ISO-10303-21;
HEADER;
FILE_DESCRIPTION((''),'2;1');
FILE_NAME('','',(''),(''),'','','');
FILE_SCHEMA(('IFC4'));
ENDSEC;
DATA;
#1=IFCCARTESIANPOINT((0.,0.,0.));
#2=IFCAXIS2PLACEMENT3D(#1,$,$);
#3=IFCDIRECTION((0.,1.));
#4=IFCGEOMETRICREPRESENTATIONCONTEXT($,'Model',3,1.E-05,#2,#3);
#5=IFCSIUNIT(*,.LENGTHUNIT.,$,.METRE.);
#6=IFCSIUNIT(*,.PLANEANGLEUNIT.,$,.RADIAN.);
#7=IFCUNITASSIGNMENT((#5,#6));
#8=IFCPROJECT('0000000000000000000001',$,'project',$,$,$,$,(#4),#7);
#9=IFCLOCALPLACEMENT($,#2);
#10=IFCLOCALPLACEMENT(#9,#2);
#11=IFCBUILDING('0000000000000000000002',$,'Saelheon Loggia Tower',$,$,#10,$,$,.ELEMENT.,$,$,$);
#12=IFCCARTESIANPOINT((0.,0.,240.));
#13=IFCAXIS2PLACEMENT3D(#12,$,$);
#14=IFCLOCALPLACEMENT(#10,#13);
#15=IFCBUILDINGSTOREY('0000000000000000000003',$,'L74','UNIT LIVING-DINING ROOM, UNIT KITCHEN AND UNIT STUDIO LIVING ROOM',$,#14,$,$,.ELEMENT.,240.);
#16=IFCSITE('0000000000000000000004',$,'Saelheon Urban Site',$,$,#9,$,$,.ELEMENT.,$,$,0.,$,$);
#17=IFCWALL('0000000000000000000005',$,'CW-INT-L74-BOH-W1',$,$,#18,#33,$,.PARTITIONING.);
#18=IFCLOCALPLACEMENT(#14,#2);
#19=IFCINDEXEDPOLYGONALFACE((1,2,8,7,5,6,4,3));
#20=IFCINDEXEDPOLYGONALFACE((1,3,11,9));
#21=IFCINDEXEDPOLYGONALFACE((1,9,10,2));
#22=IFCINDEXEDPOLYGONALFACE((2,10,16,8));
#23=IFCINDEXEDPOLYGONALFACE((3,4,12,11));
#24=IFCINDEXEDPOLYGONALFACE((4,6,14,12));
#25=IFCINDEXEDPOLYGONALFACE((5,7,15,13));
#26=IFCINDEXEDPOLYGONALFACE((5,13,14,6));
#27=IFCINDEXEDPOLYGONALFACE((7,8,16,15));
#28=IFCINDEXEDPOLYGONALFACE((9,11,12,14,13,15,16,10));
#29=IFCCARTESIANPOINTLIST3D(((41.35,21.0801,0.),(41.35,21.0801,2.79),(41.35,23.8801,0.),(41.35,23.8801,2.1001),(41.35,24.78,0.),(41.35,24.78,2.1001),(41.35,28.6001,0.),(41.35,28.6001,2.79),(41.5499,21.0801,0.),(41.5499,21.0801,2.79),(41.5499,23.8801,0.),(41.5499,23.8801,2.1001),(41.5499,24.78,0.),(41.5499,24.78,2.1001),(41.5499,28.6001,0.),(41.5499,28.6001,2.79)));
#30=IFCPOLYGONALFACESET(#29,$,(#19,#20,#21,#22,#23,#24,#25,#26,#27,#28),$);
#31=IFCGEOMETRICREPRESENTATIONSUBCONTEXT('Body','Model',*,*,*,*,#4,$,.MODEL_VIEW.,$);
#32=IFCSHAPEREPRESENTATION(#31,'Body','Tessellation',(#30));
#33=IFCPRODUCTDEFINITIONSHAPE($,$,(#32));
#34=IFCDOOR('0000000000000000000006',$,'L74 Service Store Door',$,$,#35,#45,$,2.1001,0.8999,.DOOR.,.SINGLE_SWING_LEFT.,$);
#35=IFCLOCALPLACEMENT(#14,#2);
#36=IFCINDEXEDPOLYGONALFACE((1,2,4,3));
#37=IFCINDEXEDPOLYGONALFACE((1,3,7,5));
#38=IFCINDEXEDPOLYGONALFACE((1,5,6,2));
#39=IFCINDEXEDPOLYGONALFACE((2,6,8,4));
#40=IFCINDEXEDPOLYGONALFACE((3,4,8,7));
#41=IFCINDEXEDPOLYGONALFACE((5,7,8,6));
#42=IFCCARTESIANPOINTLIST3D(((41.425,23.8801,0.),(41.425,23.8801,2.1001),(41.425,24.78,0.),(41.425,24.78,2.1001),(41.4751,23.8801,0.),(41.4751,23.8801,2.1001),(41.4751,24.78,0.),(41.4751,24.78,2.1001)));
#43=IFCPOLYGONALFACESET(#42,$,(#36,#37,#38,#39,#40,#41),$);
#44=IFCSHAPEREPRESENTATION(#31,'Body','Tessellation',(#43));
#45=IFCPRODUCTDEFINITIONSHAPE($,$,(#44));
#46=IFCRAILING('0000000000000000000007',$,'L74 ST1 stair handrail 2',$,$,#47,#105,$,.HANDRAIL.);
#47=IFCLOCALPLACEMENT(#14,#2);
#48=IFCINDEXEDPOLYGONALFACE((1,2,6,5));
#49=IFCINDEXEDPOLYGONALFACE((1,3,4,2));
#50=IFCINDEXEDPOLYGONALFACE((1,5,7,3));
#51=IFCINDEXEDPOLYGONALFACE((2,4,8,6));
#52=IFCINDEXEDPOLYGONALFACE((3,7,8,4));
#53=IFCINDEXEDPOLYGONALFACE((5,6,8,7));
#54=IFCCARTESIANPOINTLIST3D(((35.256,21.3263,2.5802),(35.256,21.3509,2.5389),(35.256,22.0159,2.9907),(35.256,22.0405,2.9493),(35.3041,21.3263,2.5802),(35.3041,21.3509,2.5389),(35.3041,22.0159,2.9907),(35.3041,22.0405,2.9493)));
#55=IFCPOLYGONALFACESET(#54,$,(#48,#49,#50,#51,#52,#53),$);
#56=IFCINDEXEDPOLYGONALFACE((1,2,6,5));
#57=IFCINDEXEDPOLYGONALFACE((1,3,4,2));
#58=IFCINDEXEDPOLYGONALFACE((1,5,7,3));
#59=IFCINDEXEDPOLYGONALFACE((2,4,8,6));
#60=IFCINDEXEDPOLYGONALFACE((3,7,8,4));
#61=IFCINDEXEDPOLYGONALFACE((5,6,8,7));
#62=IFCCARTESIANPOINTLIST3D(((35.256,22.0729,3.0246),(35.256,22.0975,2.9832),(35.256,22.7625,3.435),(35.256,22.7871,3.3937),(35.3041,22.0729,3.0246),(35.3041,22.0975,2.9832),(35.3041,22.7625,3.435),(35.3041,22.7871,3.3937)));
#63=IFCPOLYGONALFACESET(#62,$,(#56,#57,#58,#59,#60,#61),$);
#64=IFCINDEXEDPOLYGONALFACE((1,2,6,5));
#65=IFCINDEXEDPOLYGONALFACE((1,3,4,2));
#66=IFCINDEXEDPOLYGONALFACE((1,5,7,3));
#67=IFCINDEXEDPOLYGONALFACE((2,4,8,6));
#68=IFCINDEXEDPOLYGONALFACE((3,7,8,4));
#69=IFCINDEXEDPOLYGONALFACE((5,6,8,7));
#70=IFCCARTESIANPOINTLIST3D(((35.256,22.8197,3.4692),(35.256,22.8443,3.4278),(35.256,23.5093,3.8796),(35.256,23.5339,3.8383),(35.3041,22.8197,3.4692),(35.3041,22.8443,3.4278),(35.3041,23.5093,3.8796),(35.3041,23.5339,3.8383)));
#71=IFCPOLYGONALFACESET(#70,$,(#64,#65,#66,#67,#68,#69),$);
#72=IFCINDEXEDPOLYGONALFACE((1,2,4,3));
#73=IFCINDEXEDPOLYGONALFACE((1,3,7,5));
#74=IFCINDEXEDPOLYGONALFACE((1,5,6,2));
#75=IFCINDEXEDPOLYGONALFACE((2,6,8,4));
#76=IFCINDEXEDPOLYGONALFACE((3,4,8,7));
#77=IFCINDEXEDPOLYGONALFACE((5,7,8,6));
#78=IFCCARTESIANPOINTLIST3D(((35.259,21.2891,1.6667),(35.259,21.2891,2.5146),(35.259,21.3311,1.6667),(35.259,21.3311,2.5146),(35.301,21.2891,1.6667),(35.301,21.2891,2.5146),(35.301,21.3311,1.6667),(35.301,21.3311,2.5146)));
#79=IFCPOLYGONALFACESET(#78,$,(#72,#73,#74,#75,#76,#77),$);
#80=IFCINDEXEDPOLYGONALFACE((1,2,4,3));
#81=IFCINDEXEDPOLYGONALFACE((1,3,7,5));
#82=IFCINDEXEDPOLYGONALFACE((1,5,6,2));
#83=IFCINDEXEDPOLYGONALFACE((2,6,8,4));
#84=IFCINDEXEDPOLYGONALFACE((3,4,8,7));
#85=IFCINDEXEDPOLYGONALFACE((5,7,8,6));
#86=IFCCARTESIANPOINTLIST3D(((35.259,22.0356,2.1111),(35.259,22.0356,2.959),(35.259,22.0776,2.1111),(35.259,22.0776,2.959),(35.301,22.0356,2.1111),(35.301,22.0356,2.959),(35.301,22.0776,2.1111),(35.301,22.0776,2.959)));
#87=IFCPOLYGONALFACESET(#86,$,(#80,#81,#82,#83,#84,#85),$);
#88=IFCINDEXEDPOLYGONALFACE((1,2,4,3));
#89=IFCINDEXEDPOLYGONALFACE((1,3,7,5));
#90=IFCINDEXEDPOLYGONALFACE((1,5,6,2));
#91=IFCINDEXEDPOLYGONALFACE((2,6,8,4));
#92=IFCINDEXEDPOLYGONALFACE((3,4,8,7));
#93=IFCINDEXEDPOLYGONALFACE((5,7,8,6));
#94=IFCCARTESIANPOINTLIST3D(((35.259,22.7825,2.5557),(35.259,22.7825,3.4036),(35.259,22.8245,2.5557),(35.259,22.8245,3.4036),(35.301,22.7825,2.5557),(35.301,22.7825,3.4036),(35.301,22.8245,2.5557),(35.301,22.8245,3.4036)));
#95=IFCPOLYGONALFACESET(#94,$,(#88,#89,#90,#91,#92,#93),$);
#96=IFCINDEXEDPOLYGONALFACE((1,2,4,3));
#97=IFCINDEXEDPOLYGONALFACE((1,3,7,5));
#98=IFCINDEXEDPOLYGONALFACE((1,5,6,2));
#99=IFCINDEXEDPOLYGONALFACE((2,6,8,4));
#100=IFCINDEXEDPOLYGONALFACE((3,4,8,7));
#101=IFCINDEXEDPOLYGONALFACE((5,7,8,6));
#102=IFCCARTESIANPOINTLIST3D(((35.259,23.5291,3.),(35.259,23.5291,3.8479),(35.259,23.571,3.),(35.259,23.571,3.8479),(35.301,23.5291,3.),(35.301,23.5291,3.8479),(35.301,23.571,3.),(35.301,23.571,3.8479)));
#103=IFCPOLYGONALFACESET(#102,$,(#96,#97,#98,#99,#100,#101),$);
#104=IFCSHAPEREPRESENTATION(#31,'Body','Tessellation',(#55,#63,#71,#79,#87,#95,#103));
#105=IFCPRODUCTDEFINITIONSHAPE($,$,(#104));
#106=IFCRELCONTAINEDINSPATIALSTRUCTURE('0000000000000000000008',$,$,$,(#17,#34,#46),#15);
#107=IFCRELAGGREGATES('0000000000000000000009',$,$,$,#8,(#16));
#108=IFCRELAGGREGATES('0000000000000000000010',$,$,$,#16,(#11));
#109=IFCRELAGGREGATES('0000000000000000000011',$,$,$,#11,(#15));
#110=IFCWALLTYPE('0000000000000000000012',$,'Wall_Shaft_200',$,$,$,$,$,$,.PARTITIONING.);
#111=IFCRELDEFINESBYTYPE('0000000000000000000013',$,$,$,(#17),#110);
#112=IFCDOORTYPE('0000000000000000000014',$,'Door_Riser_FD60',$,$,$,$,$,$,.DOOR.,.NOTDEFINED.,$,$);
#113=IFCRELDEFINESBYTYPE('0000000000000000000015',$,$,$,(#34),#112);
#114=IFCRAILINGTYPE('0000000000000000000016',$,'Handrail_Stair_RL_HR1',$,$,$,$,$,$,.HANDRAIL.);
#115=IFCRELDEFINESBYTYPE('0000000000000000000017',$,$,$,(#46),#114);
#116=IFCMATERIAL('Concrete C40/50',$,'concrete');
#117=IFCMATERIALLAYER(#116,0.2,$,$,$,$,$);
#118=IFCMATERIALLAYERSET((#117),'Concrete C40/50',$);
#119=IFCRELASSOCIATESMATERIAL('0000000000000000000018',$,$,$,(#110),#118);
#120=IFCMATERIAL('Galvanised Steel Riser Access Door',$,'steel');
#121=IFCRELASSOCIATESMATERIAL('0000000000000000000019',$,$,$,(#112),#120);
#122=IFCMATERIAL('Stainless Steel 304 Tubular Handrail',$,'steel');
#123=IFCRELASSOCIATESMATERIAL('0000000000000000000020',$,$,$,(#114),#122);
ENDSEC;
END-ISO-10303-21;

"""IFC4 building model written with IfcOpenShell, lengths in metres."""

from ifc_helpers import new_model, si_unit, direction, frame, frame_2d, origin, origin_2d, place, context, subcontext, project, spatial, rectangle, extrude, source, transform, mapped, material, layer, layer_set, type_object, element, fill, save


model = new_model("IFC4")

# Units and contexts
model_context = context("Model", 3, precision=1e-05, world=origin(), true_north=direction((0.0, 1.0)))
body_context = subcontext(model_context, "Body", "Model", "MODEL_VIEW")
ifc_project = project(units=[si_unit("LENGTHUNIT", "METRE"), si_unit("PLANEANGLEUNIT", "RADIAN")], contexts=[model_context])

# Site, building, storey
site_placement = place(None, origin())
site = spatial("IfcSite", under=ifc_project, at=site_placement, Name="Saelheon Urban Site", CompositionType="ELEMENT", RefElevation=0.0)
building_placement = place(site_placement, origin())
building = spatial("IfcBuilding", under=site, at=building_placement, Name="Saelheon Loggia Tower", CompositionType="ELEMENT")
storey_placement = place(building_placement, frame((0.0, 0.0, 240.0)))
storey = spatial("IfcBuildingStorey", under=building, at=storey_placement, Name="L74", Description="UNIT LIVING-DINING ROOM, UNIT KITCHEN AND UNIT STUDIO LIVING ROOM", CompositionType="ELEMENT", Elevation=240.0)

# Shared definitions
ifc_material_1 = material(Name="Concrete C40/50", Category="concrete")
ifc_layer_1 = layer(ifc_material_1, 0.2)
ifc_layer_set_1 = layer_set([ifc_layer_1], Name="Concrete C40/50")
wall_type_1 = type_object("IfcWallType", Name="Wall_Shaft_200", PredefinedType="PARTITIONING", material=ifc_layer_set_1)

# Shared definitions
ifc_material_2 = material(Name="Galvanised Steel Riser Access Door", Category="steel")
door_type_1 = type_object("IfcDoorType", Name="Door_Riser_FD60", OperationType="NOTDEFINED", PredefinedType="DOOR", material=ifc_material_2)
shared_shape_1 = source(origin(), body_context, "Body", "SweptSolid", [
    extrude(rectangle(XDim=0.8999, YDim=2.1001, at=frame_2d((0.45, 1.05))), frame((0.0, 0.0249, 0.0), z_axis=(0.0, -1.0, 0.0), x_axis=(1.0, 0.0, 0.0)), (0.0, 0.0, 1.0), 0.05),
])

# Wall, opening, door
wall_1_placement = place(storey_placement, frame((41.45, 21.0801, 0.0), z_axis=(0.0, 0.0, 1.0), x_axis=(0.0, 1.0, 0.0)))
wall_1 = element("IfcWall", 1, at=wall_1_placement, inside=storey, type_object=wall_type_1, Name="CW-INT-L74-BOH-W1", PredefinedType="PARTITIONING", context=body_context, shape_type="SweptSolid", body=[
    extrude(rectangle(XDim=7.52, YDim=0.2, at=frame_2d((3.76, 0.0))), origin(), (0.0, 0.0, 1.0), 2.79),
])
opening_1_placement = place(wall_1_placement, frame((2.8, 0.0, 0.0)))
opening_1 = element("IfcOpeningElement", 2, at=opening_1_placement, cuts=wall_1, PredefinedType="OPENING", context=body_context, shape_type="SweptSolid", body=[
    extrude(rectangle(XDim=0.8999, YDim=2.1001, at=frame_2d((0.45, 1.05))), frame((0.0, 0.1121, 0.0), z_axis=(0.0, -1.0, 0.0), x_axis=(1.0, 0.0, 0.0)), (0.0, 0.0, 1.0), 0.2239),
])
door_1_placement = place(opening_1_placement, origin())
door_1 = element("IfcDoor", 3, at=door_1_placement, inside=storey, type_object=door_type_1, Name="L74 Service Store Door", OperationType="SINGLE_SWING_LEFT", OverallHeight=2.1001, OverallWidth=0.8999, PredefinedType="DOOR", context=body_context, shape_type="MappedRepresentation", body=[
    mapped(shared_shape_1, transform((0.0, 0.0, 0.0), scale=1.0)),
])
fill(opening_1, door_1)

# Railing
ifc_material_3 = material(Name="Stainless Steel 304 Tubular Handrail", Category="steel")
railing_type = type_object("IfcRailingType", Name="Handrail_Stair_RL_HR1", PredefinedType="HANDRAIL", material=ifc_material_3)
railing_placement = place(storey_placement, frame((35.28, 21.3101, 1.6667)))
element("IfcRailing", 4, at=railing_placement, inside=storey, type_object=railing_type, Name="L74 ST1 stair handrail 2", PredefinedType="HANDRAIL", context=body_context, shape_type="SweptSolid", body=[
    extrude(rectangle(XDim=0.0481, YDim=0.0481, at=origin_2d()), frame((0.0, 0.0286, 0.8928), z_axis=(0.0, 0.859306, 0.511462), x_axis=(-1.0, 0.0, 0.0)), (0.0, 0.0, 1.0), 0.8025),
    extrude(rectangle(XDim=0.0481, YDim=0.0481, at=origin_2d()), frame((0.0, 0.7751, 1.3372), z_axis=(0.0, 0.859306, 0.511462), x_axis=(-1.0, 0.0, 0.0)), (0.0, 0.0, 1.0), 0.8025),
    extrude(rectangle(XDim=0.0481, YDim=0.0481, at=origin_2d()), frame((0.0, 1.522, 1.7817), z_axis=(0.0, 0.859306, 0.511462), x_axis=(-1.0, 0.0, 0.0)), (0.0, 0.0, 1.0), 0.8025),
    extrude(rectangle(XDim=0.042, YDim=0.042, at=origin_2d()), origin(), (0.0, 0.0, 1.0), 0.8479),
    extrude(rectangle(XDim=0.042, YDim=0.042, at=origin_2d()), frame((0.0, 0.7466, 0.4443)), (0.0, 0.0, 1.0), 0.8479),
    extrude(rectangle(XDim=0.042, YDim=0.042, at=origin_2d()), frame((0.0, 1.4934, 0.8889)), (0.0, 0.0, 1.0), 0.8479),
    extrude(rectangle(XDim=0.042, YDim=0.042, at=origin_2d()), frame((0.0, 2.24, 1.3333)), (0.0, 0.0, 1.0), 0.8479),
])

save(model, "model.ifc")
